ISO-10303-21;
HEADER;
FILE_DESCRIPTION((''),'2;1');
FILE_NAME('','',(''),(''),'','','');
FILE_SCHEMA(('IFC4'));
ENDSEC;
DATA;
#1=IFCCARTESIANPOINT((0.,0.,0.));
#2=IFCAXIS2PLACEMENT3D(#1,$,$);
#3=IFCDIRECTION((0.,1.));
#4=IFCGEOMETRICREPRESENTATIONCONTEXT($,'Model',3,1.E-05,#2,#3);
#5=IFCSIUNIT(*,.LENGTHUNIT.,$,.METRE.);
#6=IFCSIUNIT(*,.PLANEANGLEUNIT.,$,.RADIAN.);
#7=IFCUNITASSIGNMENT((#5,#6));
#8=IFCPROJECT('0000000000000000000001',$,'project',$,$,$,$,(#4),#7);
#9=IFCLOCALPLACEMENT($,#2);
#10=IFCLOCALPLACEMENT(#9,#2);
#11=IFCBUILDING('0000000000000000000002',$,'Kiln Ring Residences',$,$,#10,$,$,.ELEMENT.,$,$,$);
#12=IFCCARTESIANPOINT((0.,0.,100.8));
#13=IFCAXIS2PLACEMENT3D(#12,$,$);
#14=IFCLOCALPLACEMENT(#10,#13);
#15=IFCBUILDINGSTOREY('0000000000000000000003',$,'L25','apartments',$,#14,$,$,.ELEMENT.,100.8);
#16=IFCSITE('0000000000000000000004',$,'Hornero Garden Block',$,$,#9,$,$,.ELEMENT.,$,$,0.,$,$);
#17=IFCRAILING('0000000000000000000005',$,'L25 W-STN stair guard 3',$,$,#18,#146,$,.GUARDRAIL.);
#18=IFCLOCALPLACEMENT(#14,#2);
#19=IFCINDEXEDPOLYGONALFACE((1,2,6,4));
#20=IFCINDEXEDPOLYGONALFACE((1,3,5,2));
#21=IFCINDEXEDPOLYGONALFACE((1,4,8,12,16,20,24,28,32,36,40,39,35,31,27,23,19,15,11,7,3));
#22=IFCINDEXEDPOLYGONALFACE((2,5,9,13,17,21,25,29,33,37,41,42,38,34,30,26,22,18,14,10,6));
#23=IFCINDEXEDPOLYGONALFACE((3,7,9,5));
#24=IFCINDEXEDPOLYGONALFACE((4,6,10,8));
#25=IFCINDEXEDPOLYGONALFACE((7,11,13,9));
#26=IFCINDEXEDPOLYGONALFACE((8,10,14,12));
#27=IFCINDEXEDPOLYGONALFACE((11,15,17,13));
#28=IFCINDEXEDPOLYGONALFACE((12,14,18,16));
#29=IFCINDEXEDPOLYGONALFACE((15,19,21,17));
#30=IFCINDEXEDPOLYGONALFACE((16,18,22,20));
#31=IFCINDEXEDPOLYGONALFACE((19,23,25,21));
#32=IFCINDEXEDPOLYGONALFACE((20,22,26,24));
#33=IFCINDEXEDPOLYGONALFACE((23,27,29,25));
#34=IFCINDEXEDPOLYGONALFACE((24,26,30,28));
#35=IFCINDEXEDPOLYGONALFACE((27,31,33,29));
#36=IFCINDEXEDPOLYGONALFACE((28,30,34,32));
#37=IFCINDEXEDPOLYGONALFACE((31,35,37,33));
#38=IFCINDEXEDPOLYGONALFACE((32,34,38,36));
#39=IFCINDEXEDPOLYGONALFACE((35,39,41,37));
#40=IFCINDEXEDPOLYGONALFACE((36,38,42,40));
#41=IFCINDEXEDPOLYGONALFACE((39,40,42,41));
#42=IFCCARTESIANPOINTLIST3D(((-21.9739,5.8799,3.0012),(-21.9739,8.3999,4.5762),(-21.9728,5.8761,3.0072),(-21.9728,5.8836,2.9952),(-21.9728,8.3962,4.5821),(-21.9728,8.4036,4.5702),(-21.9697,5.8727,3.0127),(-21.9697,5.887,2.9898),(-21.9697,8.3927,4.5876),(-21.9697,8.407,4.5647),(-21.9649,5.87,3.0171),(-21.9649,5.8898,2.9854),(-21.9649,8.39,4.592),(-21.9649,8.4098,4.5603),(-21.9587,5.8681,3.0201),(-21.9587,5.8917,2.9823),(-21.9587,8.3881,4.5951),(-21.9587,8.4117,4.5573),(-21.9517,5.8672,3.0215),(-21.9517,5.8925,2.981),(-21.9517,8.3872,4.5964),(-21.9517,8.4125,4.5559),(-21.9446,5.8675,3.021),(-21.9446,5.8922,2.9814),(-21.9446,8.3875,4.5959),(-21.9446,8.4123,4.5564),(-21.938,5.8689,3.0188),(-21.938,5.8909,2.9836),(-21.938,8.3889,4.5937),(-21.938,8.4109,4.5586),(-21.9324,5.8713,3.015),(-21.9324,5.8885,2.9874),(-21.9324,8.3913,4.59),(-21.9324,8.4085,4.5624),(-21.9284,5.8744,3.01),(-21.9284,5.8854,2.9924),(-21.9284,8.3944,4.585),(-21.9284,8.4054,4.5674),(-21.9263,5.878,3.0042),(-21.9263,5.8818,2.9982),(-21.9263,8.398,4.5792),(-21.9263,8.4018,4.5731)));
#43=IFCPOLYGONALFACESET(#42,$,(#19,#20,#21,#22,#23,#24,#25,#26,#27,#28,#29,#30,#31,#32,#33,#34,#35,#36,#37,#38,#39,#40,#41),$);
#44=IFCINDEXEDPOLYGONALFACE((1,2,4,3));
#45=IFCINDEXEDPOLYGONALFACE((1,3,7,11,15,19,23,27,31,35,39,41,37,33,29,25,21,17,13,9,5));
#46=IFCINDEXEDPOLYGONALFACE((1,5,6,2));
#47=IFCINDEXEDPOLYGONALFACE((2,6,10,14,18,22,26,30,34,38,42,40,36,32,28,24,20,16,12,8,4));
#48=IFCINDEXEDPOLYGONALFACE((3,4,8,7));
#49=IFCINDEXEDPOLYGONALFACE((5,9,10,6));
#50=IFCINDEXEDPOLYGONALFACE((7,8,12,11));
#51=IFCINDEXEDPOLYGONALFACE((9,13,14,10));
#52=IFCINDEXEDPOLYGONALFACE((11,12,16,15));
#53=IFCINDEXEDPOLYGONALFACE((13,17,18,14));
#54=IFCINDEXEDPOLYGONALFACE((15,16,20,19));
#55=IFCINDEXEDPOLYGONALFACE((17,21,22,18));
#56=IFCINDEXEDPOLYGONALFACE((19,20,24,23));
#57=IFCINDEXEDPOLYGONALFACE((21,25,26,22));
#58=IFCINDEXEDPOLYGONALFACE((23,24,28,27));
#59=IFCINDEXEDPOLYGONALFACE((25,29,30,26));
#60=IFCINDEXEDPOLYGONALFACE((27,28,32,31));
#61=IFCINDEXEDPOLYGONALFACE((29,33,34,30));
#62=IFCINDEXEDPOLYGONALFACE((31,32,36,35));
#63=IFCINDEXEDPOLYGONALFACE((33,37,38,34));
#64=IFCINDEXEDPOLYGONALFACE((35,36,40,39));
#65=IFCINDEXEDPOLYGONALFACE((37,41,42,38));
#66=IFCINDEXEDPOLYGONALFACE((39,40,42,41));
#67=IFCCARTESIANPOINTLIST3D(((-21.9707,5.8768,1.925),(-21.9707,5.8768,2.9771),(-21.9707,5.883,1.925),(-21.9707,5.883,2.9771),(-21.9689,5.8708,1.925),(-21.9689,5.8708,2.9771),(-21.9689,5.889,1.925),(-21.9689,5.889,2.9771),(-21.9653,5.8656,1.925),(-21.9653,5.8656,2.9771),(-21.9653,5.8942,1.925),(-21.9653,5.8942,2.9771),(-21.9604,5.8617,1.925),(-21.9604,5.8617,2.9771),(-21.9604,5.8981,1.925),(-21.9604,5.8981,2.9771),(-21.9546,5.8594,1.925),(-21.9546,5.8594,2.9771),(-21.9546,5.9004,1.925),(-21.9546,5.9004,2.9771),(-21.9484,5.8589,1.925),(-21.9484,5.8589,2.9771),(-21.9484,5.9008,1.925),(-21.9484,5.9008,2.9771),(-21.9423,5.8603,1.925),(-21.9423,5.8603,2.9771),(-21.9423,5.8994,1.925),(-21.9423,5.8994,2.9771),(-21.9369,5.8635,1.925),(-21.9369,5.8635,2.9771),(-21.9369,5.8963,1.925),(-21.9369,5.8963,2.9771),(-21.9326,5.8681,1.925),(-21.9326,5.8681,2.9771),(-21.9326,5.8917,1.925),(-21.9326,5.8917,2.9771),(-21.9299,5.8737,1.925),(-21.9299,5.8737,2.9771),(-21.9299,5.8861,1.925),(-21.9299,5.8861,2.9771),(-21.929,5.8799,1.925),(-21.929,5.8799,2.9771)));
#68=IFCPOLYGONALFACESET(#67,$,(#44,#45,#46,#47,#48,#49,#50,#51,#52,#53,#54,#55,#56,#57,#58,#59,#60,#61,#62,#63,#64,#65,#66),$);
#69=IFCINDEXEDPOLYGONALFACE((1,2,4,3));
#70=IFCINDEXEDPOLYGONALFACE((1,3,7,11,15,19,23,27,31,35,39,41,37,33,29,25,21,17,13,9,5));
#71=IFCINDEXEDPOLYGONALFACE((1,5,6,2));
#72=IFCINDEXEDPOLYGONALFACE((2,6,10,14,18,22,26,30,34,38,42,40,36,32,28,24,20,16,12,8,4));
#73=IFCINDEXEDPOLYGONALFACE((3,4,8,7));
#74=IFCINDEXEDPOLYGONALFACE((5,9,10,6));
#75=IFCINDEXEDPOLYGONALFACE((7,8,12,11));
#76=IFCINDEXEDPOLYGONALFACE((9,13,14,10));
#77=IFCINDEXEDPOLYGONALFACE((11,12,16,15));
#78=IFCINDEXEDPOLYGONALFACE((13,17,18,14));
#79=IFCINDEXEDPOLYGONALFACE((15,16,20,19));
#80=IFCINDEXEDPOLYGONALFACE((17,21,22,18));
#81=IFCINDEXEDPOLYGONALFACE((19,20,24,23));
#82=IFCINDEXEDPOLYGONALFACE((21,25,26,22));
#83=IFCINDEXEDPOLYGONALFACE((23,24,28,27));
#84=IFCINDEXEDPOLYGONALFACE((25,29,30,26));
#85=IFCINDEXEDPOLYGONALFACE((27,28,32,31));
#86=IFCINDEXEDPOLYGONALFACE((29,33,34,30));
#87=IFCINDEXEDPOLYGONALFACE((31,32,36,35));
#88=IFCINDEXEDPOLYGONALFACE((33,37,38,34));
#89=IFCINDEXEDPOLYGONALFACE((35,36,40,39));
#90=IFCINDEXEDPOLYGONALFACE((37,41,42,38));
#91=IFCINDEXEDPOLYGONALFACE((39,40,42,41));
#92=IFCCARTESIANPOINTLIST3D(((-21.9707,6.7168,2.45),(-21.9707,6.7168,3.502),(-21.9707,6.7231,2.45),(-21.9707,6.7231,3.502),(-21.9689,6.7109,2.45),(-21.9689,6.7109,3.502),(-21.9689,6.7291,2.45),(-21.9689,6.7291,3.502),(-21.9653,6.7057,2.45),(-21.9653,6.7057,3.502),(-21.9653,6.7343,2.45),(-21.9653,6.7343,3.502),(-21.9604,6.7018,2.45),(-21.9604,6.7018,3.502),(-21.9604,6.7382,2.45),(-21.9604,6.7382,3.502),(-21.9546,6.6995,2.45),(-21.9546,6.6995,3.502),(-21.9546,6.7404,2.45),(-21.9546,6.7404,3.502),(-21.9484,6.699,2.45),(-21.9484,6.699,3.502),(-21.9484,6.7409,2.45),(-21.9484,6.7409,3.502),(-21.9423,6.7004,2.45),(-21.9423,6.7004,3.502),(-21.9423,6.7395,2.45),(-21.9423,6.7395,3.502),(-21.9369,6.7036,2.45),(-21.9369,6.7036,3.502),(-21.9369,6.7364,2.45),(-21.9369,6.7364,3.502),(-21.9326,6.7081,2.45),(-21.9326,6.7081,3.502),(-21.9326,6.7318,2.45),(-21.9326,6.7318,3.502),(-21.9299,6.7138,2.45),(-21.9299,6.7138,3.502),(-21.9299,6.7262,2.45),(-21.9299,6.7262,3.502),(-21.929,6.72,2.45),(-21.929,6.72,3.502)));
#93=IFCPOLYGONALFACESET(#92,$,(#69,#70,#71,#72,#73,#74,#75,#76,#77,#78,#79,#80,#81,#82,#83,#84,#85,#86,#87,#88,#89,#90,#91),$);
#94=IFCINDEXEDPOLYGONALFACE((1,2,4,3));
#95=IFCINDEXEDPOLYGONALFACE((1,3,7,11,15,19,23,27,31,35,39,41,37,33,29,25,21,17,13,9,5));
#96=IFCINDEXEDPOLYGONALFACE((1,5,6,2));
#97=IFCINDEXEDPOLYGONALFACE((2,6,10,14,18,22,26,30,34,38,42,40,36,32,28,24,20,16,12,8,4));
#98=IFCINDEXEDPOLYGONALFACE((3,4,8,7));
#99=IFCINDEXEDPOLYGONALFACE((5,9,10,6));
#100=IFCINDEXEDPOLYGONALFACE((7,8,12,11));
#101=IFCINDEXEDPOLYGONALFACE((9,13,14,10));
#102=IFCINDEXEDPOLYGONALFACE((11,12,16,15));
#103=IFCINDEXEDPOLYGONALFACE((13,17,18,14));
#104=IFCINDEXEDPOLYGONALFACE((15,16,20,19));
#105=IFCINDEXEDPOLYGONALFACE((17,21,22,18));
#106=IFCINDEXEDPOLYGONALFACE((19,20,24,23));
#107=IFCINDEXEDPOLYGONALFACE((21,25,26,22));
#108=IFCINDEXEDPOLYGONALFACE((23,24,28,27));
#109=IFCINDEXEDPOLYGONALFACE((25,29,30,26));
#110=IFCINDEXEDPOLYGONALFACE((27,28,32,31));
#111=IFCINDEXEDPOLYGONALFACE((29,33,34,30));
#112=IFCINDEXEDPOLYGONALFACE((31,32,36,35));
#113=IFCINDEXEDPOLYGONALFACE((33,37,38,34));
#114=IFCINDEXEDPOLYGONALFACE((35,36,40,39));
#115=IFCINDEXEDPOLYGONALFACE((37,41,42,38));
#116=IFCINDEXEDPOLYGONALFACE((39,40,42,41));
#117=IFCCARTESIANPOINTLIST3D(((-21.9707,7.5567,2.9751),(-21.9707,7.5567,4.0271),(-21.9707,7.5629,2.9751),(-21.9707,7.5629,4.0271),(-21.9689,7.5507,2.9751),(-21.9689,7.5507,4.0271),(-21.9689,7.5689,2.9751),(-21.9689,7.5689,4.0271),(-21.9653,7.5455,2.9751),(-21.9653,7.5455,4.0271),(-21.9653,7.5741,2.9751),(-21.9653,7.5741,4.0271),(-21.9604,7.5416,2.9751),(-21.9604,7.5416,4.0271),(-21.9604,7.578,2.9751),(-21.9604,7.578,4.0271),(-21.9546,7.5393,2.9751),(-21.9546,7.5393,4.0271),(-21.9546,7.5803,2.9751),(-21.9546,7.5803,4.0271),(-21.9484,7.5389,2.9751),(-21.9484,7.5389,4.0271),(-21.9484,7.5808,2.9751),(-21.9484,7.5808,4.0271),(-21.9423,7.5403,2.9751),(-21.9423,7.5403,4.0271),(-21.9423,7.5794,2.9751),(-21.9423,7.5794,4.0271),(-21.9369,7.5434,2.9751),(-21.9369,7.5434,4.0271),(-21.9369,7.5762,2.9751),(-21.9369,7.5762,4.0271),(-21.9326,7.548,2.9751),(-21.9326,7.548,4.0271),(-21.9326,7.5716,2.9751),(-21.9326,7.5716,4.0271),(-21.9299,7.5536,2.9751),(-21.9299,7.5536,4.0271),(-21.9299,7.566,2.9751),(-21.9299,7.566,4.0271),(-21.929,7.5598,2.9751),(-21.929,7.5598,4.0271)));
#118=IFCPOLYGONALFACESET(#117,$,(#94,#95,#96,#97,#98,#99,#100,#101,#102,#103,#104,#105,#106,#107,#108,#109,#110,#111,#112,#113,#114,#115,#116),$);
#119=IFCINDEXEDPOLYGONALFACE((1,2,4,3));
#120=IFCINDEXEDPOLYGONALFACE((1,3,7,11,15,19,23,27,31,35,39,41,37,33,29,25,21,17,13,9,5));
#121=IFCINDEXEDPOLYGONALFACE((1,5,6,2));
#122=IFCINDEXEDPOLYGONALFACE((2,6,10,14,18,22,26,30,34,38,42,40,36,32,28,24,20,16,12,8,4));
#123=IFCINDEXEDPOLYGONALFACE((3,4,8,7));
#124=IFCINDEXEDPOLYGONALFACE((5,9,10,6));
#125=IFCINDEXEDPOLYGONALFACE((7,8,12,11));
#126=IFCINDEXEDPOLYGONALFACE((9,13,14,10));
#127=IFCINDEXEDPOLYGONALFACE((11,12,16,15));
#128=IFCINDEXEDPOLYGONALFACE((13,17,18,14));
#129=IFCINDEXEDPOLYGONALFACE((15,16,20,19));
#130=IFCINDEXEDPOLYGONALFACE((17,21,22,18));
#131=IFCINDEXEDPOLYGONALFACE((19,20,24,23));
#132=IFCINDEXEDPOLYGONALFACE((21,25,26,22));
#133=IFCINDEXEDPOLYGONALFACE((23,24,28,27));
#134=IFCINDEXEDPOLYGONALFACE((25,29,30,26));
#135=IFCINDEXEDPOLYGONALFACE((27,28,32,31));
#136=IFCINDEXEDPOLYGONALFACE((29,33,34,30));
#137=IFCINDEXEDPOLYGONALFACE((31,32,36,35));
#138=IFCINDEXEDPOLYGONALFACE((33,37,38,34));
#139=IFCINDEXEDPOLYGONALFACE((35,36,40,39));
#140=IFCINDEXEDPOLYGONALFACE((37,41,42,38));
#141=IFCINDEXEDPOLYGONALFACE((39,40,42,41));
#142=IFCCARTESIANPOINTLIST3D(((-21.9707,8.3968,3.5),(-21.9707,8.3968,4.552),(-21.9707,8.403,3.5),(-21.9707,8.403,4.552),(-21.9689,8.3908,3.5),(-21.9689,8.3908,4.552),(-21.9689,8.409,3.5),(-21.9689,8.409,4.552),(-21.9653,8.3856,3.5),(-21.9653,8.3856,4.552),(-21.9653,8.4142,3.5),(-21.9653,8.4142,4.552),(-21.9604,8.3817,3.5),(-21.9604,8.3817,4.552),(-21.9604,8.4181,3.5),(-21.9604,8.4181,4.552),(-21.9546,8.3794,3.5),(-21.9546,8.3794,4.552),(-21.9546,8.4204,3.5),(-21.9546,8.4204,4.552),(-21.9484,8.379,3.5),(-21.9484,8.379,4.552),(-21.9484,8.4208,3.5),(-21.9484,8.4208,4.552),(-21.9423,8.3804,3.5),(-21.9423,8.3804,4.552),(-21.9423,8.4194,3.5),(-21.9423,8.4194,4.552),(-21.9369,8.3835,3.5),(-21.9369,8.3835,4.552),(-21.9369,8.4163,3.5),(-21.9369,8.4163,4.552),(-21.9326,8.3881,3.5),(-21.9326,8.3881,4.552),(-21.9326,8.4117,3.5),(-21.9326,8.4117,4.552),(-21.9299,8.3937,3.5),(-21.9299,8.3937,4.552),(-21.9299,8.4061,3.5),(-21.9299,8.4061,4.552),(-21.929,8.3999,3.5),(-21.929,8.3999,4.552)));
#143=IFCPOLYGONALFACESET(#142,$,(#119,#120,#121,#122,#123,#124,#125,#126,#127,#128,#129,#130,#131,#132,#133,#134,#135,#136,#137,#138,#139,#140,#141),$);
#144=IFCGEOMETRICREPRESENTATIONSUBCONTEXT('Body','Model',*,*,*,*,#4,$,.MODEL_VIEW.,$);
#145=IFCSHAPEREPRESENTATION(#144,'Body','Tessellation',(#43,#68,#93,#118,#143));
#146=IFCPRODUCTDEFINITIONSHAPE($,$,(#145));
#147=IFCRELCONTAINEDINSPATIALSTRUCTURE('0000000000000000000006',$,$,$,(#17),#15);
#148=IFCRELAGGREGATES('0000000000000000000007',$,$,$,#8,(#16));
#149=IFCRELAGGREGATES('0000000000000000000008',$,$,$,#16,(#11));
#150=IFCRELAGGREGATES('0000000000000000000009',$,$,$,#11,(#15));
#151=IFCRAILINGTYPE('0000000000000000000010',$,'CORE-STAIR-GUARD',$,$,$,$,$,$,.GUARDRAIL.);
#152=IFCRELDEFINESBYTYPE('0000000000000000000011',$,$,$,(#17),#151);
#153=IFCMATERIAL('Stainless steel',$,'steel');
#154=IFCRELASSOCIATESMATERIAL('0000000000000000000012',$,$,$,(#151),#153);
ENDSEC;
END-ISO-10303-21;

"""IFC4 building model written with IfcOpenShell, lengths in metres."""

from ifc_helpers import new_model, si_unit, direction, frame, origin, origin_2d, place, context, subcontext, project, spatial, circle, extrude, material, type_object, element, save


model = new_model("IFC4")

# Units and contexts
model_context = context("Model", 3, precision=1e-05, world=origin(), true_north=direction((0.0, 1.0)))
body_context = subcontext(model_context, "Body", "Model", "MODEL_VIEW")
ifc_project = project(units=[si_unit("LENGTHUNIT", "METRE"), si_unit("PLANEANGLEUNIT", "RADIAN")], contexts=[model_context])

# Site, building, storey
site_placement = place(None, origin())
site = spatial("IfcSite", under=ifc_project, at=site_placement, Name="Hornero Garden Block", CompositionType="ELEMENT", RefElevation=0.0)
building_placement = place(site_placement, origin())
building = spatial("IfcBuilding", under=site, at=building_placement, Name="Kiln Ring Residences", CompositionType="ELEMENT")
storey_placement = place(building_placement, frame((0.0, 0.0, 100.8)))
storey = spatial("IfcBuildingStorey", under=building, at=storey_placement, Name="L25", Description="apartments", CompositionType="ELEMENT", Elevation=100.8)

# Railing
ifc_material_1 = material(Name="Stainless steel", Category="steel")
railing_type_1 = type_object("IfcRailingType", Name="CORE-STAIR-GUARD", PredefinedType="GUARDRAIL", material=ifc_material_1)
railing_1_placement = place(storey_placement, frame((-21.95, 5.8799, 1.925)))
element("IfcRailing", 1, at=railing_1_placement, inside=storey, type_object=railing_type_1, Name="L25 W-STN stair guard 3", PredefinedType="GUARDRAIL", context=body_context, shape_type="SweptSolid", body=[
    extrude(circle(Radius=0.0239, at=origin_2d()), frame((0.0, 0.0, 1.0762), z_axis=(0.0, 0.848008, 0.529984), x_axis=(-1.0, 0.0, 0.0)), (0.0, 0.0, 1.0), 2.9717),
    extrude(circle(Radius=0.021, at=origin_2d()), origin(), (0.0, 0.0, 1.0), 1.052),
    extrude(circle(Radius=0.021, at=origin_2d()), frame((0.0, 0.8401, 0.5249)), (0.0, 0.0, 1.0), 1.052),
    extrude(circle(Radius=0.021, at=origin_2d()), frame((0.0, 1.6799, 1.05)), (0.0, 0.0, 1.0), 1.052),
    extrude(circle(Radius=0.021, at=origin_2d()), frame((0.0, 2.52, 1.575)), (0.0, 0.0, 1.0), 1.052),
])

save(model, "model.ifc")
